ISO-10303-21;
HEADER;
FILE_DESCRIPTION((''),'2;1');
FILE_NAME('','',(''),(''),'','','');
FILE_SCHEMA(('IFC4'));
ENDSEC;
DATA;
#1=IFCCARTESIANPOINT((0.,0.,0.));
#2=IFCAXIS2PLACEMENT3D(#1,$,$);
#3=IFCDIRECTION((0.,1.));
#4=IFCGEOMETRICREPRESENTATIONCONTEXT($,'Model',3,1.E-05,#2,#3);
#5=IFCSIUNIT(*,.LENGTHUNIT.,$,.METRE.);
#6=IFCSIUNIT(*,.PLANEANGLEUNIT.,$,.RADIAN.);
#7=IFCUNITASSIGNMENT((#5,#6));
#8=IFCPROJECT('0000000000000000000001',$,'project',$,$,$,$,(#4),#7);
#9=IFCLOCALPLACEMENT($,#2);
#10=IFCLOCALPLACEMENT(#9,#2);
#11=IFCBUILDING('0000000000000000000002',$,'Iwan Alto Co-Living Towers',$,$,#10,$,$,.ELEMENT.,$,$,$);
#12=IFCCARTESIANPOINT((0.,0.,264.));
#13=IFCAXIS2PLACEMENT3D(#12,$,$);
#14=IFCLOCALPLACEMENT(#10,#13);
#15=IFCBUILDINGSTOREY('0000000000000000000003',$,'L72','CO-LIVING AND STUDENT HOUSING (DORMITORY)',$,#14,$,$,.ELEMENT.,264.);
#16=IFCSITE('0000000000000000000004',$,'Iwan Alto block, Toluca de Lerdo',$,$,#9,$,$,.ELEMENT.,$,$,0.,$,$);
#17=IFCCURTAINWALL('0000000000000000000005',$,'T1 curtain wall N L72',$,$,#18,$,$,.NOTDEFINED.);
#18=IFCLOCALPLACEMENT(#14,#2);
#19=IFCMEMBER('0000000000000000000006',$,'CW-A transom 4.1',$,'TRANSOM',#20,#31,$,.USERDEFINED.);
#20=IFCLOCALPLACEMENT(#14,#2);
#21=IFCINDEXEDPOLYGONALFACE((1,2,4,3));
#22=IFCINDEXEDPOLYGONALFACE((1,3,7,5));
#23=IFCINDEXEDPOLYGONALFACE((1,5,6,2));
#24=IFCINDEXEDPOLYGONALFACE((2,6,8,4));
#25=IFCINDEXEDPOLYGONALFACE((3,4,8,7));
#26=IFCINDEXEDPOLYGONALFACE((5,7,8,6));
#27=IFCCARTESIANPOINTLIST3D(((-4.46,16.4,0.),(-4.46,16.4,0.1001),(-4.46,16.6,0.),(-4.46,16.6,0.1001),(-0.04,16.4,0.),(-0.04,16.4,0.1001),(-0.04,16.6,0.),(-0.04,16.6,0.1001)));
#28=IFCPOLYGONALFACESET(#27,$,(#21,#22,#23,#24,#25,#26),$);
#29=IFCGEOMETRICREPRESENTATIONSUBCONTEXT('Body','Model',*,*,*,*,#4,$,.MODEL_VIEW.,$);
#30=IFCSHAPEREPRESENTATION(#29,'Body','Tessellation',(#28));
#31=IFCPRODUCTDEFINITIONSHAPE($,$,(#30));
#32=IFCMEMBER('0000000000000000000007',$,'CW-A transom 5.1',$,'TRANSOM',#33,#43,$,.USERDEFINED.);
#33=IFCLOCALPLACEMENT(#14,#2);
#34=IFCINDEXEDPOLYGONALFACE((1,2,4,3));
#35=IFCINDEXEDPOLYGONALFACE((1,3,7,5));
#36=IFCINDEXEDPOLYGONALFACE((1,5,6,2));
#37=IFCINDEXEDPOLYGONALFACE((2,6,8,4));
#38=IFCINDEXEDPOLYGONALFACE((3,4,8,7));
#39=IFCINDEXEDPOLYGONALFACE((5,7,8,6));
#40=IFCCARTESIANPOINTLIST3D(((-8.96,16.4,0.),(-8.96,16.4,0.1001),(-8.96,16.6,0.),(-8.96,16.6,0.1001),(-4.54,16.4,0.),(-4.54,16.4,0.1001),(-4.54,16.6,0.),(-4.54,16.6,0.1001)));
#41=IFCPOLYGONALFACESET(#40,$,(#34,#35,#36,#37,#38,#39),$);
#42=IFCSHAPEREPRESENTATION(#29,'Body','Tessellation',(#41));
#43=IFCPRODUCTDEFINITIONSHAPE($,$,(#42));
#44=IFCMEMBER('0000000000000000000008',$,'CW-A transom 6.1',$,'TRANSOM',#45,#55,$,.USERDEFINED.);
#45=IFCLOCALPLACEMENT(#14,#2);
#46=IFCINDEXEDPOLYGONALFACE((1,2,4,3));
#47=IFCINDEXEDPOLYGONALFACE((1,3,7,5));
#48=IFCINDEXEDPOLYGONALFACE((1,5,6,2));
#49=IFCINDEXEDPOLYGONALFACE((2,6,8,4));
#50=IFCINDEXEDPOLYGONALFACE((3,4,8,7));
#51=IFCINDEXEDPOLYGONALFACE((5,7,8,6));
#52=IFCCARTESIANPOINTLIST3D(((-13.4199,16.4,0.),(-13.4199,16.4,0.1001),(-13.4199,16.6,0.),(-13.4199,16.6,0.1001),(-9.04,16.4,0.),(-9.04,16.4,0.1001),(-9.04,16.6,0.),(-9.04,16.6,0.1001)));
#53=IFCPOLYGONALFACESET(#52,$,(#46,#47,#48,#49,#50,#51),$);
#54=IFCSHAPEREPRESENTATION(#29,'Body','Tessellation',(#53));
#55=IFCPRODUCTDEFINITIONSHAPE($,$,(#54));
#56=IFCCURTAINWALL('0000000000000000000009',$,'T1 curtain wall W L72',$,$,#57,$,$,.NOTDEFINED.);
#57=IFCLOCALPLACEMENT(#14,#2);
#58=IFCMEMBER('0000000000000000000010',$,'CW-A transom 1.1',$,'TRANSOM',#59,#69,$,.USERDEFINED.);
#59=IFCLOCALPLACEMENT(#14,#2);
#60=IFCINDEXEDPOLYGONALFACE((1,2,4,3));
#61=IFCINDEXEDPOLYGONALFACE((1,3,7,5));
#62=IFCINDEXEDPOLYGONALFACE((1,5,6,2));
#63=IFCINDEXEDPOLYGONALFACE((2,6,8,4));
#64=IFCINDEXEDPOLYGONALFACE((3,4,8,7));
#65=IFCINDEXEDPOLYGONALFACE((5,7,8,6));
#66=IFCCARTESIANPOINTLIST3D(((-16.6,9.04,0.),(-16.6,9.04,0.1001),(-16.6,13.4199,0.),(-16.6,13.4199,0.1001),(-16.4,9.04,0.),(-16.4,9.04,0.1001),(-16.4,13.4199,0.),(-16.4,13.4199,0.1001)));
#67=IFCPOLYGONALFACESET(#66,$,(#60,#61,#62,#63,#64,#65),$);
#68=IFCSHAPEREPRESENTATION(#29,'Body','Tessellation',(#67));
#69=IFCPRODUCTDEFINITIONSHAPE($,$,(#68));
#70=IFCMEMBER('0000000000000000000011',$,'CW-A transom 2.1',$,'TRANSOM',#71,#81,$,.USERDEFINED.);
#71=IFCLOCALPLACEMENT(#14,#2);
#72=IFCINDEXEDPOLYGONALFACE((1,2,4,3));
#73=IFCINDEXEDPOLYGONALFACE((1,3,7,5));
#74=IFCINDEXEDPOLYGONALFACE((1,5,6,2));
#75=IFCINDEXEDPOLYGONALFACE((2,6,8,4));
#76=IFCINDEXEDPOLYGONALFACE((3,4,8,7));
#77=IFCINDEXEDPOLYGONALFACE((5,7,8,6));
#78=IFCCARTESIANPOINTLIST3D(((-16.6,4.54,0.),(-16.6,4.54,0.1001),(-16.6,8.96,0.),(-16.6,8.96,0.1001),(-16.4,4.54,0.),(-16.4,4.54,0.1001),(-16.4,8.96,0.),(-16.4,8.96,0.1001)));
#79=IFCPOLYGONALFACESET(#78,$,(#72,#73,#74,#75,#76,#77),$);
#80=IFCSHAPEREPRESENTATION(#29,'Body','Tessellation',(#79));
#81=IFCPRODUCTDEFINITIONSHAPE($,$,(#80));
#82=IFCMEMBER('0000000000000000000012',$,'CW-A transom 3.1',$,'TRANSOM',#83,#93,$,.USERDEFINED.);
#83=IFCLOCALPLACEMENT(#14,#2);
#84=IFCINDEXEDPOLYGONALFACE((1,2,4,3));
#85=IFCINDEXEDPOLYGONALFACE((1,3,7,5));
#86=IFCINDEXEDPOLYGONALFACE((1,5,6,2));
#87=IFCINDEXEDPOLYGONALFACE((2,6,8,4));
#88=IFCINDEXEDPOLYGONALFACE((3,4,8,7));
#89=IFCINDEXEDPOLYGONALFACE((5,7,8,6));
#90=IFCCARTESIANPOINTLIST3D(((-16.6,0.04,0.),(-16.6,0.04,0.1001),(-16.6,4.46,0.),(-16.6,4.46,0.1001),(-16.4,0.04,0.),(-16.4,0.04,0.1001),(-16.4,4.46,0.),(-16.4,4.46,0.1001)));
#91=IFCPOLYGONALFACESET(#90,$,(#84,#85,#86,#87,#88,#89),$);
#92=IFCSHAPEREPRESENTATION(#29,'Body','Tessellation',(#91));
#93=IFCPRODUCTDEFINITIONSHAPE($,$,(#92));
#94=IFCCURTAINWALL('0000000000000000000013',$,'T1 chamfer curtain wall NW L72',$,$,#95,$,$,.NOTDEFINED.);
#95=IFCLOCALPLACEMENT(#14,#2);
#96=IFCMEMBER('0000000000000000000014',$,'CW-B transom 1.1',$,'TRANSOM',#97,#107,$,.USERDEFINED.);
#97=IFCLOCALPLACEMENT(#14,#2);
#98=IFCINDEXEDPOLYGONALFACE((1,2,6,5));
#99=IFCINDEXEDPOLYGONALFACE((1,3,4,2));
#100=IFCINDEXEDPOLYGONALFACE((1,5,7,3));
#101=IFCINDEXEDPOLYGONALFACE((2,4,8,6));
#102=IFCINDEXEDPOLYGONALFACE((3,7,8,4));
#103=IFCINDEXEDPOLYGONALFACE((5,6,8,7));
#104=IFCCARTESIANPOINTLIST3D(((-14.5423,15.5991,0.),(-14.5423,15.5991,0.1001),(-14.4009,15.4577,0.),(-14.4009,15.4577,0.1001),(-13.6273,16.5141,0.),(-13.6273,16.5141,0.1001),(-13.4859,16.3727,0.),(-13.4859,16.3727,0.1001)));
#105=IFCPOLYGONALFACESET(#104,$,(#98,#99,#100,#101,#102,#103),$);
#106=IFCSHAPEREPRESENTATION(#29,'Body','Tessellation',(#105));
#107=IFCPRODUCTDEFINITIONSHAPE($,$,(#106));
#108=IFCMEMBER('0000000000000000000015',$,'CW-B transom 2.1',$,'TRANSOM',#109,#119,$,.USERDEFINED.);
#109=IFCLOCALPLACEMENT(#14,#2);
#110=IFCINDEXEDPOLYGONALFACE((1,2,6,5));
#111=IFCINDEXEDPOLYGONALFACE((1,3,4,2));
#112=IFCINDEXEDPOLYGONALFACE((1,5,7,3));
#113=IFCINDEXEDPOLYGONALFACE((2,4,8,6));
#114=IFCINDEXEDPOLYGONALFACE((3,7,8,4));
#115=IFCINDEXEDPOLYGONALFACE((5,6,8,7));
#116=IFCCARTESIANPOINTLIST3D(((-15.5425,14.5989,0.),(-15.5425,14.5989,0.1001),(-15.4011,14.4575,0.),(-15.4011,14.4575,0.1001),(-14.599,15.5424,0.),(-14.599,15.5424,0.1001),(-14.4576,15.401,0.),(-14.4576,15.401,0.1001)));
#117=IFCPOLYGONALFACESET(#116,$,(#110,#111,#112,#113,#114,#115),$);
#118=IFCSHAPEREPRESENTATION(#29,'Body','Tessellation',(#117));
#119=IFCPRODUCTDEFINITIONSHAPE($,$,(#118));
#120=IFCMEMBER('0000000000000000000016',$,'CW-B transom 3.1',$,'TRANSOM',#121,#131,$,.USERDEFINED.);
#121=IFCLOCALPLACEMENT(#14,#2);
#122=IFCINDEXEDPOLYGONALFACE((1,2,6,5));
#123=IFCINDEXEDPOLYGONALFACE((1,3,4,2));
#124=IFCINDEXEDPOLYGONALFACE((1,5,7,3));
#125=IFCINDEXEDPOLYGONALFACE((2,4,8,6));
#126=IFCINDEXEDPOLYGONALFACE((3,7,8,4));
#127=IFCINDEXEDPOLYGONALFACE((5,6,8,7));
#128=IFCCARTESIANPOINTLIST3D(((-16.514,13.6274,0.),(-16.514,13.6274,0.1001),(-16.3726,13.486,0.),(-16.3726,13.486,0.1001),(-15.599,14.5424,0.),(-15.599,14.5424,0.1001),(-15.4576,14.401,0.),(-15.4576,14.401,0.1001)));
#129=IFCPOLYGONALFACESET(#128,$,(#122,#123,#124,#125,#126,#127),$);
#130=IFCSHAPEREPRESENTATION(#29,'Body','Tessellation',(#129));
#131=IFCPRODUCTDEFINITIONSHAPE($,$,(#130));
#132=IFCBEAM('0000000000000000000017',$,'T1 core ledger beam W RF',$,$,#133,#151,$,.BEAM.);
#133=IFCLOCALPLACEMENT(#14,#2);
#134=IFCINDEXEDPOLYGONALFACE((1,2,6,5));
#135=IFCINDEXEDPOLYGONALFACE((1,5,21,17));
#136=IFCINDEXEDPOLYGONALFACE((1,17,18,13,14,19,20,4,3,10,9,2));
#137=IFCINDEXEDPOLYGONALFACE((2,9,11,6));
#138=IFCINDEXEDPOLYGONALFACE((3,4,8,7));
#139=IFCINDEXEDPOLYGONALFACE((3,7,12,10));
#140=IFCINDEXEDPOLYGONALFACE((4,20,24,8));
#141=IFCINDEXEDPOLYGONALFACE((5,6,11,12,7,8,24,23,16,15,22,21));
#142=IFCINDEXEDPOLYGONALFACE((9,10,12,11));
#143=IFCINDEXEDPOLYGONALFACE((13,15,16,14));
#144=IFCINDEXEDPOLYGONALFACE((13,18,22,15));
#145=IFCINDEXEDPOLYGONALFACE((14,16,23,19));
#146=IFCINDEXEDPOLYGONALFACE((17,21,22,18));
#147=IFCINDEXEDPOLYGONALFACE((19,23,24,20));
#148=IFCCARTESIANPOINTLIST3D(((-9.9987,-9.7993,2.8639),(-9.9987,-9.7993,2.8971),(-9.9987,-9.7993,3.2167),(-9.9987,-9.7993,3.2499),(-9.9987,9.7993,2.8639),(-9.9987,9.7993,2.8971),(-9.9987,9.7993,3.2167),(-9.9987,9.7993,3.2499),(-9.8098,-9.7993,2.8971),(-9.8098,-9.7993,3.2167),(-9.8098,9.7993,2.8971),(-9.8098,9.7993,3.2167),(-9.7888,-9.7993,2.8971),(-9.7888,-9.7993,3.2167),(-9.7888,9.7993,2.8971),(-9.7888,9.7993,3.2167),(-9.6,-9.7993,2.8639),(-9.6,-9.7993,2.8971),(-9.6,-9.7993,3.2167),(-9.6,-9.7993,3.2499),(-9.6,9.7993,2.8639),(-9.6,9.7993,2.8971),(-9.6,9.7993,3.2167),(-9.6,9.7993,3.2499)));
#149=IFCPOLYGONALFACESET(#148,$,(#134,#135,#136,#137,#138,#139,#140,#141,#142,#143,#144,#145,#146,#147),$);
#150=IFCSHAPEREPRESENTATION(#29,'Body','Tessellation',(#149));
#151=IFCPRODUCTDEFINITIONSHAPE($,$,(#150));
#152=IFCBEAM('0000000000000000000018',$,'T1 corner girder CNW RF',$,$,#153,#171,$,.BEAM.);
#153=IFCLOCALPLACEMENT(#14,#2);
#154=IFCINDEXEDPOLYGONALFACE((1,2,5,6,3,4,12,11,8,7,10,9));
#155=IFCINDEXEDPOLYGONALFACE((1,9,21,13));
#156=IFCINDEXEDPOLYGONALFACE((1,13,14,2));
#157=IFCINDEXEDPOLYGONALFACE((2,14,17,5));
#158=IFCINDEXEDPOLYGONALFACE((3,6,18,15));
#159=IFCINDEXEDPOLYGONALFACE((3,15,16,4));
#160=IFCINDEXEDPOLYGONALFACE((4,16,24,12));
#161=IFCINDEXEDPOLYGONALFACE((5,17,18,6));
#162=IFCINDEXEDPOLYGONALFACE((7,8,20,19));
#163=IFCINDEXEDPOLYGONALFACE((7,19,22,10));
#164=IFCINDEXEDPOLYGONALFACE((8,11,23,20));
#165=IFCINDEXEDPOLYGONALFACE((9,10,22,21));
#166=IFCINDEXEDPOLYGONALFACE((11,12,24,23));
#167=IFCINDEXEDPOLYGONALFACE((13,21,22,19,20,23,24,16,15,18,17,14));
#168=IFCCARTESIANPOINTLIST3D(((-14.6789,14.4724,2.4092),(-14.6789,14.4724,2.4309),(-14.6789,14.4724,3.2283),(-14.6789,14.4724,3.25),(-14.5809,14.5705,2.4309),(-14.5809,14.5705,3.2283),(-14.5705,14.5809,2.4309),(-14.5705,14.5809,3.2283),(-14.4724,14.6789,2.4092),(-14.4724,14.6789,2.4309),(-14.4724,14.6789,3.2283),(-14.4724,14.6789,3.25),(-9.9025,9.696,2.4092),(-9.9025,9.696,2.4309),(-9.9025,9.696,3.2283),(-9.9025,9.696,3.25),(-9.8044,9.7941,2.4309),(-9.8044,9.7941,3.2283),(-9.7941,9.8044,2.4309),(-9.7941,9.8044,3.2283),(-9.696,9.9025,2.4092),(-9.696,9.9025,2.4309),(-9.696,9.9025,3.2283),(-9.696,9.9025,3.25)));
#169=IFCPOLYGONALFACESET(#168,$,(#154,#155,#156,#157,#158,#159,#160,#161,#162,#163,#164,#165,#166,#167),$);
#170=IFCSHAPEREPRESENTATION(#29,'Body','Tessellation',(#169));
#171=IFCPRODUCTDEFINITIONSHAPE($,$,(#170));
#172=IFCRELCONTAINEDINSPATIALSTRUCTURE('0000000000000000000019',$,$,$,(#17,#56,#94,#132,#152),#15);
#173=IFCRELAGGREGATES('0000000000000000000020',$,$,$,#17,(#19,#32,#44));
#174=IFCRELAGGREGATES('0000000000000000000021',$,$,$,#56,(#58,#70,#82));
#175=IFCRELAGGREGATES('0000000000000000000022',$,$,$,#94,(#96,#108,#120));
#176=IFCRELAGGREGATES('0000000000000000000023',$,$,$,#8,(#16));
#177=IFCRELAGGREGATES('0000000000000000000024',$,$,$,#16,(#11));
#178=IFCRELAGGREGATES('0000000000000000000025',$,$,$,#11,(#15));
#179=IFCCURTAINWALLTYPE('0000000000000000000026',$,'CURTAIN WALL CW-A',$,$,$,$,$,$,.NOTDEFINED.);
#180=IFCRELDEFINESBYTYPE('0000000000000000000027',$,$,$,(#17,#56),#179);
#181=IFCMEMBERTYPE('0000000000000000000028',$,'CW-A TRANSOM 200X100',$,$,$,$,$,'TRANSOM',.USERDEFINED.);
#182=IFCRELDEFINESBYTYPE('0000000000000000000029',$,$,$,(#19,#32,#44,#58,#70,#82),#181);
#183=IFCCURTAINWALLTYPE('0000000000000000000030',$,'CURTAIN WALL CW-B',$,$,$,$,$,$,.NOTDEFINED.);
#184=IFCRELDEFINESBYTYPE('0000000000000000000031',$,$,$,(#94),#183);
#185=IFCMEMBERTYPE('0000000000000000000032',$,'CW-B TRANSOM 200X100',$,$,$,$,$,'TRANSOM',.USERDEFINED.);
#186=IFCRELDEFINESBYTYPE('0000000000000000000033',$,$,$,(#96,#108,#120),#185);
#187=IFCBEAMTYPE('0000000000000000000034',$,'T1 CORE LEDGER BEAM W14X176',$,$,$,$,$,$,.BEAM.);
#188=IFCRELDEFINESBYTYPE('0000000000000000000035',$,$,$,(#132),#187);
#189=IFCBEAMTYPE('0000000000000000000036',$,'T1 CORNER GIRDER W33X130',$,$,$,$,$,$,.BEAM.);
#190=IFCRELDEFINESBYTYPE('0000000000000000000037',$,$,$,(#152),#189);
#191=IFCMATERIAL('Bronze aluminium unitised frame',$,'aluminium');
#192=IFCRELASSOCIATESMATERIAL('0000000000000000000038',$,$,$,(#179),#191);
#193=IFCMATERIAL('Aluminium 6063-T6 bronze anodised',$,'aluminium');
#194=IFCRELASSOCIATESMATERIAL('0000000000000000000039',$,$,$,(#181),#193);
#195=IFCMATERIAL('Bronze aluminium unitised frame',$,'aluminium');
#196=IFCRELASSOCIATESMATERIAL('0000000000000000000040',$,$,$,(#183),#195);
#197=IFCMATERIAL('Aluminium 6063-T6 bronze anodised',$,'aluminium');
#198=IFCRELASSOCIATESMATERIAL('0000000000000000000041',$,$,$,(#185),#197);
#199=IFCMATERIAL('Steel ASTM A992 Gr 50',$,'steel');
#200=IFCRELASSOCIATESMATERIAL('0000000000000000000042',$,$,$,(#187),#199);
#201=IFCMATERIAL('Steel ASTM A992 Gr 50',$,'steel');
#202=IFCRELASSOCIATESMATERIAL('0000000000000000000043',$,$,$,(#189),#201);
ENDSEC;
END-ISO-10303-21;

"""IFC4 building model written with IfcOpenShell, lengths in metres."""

from ifc_helpers import new_model, si_unit, direction, frame, origin, origin_2d, place, context, subcontext, project, spatial, rectangle, i_section, extrude, material, material_profile, profile_set, type_object, element, aggregate, save


model = new_model("IFC4")

# Units and contexts
model_context = context("Model", 3, precision=1e-05, world=origin(), true_north=direction((0.0, 1.0)))
body_context = subcontext(model_context, "Body", "Model", "MODEL_VIEW")
ifc_project = project(units=[si_unit("LENGTHUNIT", "METRE"), si_unit("PLANEANGLEUNIT", "RADIAN")], contexts=[model_context])

# Site, building, storey
site_placement = place(None, origin())
site = spatial("IfcSite", under=ifc_project, at=site_placement, Name="Iwan Alto block, Toluca de Lerdo", CompositionType="ELEMENT", RefElevation=0.0)
building_placement = place(site_placement, origin())
building = spatial("IfcBuilding", under=site, at=building_placement, Name="Iwan Alto Co-Living Towers", CompositionType="ELEMENT")
storey_placement = place(building_placement, frame((0.0, 0.0, 264.0)))
storey = spatial("IfcBuildingStorey", under=building, at=storey_placement, Name="L72", Description="CO-LIVING AND STUDENT HOUSING (DORMITORY)", CompositionType="ELEMENT", Elevation=264.0)

# Curtain walls, members
ifc_material_1 = material(Name="Bronze aluminium unitised frame", Category="aluminium")
curtain_wall_type_1 = type_object("IfcCurtainWallType", Name="CURTAIN WALL CW-A", PredefinedType="NOTDEFINED", material=ifc_material_1)
curtain_wall_1_placement = place(storey_placement, origin())
curtain_wall_1 = element("IfcCurtainWall", 1, at=curtain_wall_1_placement, inside=storey, type_object=curtain_wall_type_1, Name="T1 curtain wall N L72", PredefinedType="NOTDEFINED")
ifc_material_2 = material(Name="Aluminium 6063-T6 bronze anodised", Category="aluminium")
ifc_material_profile_1 = material_profile(ifc_material_2, rectangle(XDim=0.2, YDim=0.1001, at=origin_2d()), Name="AL 200X100")
ifc_profile_set_1 = profile_set([ifc_material_profile_1], Name="Aluminium 6063-T6 bronze anodised")
member_type_1 = type_object("IfcMemberType", Name="CW-A TRANSOM 200X100", ElementType="TRANSOM", PredefinedType="USERDEFINED", material=ifc_profile_set_1)
member_1_placement = place(storey_placement, frame((-0.04, 16.5, 0.05), z_axis=(-1.0, 0.0, 0.0), x_axis=(0.0, -1.0, 0.0)))
member_1 = element("IfcMember", 2, at=member_1_placement, type_object=member_type_1, Name="CW-A transom 4.1", ObjectType="TRANSOM", PredefinedType="USERDEFINED", context=body_context, shape_type="SweptSolid", body=[
    extrude(rectangle(XDim=0.2, YDim=0.1001, at=origin_2d()), origin(), (0.0, 0.0, 1.0), 4.4199),
])
member_2_placement = place(storey_placement, frame((-4.54, 16.5, 0.05), z_axis=(-1.0, 0.0, 0.0), x_axis=(0.0, -1.0, 0.0)))
member_2 = element("IfcMember", 3, at=member_2_placement, type_object=member_type_1, Name="CW-A transom 5.1", ObjectType="TRANSOM", PredefinedType="USERDEFINED", context=body_context, shape_type="SweptSolid", body=[
    extrude(rectangle(XDim=0.2, YDim=0.1001, at=origin_2d()), origin(), (0.0, 0.0, 1.0), 4.4199),
])
member_3_placement = place(storey_placement, frame((-9.04, 16.5, 0.05), z_axis=(-1.0, 0.0, 0.0), x_axis=(0.0, -1.0, 0.0)))
member_3 = element("IfcMember", 4, at=member_3_placement, type_object=member_type_1, Name="CW-A transom 6.1", ObjectType="TRANSOM", PredefinedType="USERDEFINED", context=body_context, shape_type="SweptSolid", body=[
    extrude(rectangle(XDim=0.2, YDim=0.1001, at=origin_2d()), origin(), (0.0, 0.0, 1.0), 4.3799),
])
curtain_wall_2_placement = place(storey_placement, origin())
curtain_wall_2 = element("IfcCurtainWall", 5, at=curtain_wall_2_placement, inside=storey, type_object=curtain_wall_type_1, Name="T1 curtain wall W L72", PredefinedType="NOTDEFINED")
member_4_placement = place(storey_placement, frame((-16.5, 13.4199, 0.05), z_axis=(0.0, -1.0, 0.0), x_axis=(1.0, 0.0, 0.0)))
member_4 = element("IfcMember", 6, at=member_4_placement, type_object=member_type_1, Name="CW-A transom 1.1", ObjectType="TRANSOM", PredefinedType="USERDEFINED", context=body_context, shape_type="SweptSolid", body=[
    extrude(rectangle(XDim=0.2, YDim=0.1001, at=origin_2d()), origin(), (0.0, 0.0, 1.0), 4.3799),
])
member_5_placement = place(storey_placement, frame((-16.5, 8.96, 0.05), z_axis=(0.0, -1.0, 0.0), x_axis=(1.0, 0.0, 0.0)))
member_5 = element("IfcMember", 7, at=member_5_placement, type_object=member_type_1, Name="CW-A transom 2.1", ObjectType="TRANSOM", PredefinedType="USERDEFINED", context=body_context, shape_type="SweptSolid", body=[
    extrude(rectangle(XDim=0.2, YDim=0.1001, at=origin_2d()), origin(), (0.0, 0.0, 1.0), 4.4199),
])
member_6_placement = place(storey_placement, frame((-16.5, 4.46, 0.05), z_axis=(0.0, -1.0, 0.0), x_axis=(1.0, 0.0, 0.0)))
member_6 = element("IfcMember", 8, at=member_6_placement, type_object=member_type_1, Name="CW-A transom 3.1", ObjectType="TRANSOM", PredefinedType="USERDEFINED", context=body_context, shape_type="SweptSolid", body=[
    extrude(rectangle(XDim=0.2, YDim=0.1001, at=origin_2d()), origin(), (0.0, 0.0, 1.0), 4.4199),
])
ifc_material_3 = material(Name="Bronze aluminium unitised frame", Category="aluminium")
curtain_wall_type_2 = type_object("IfcCurtainWallType", Name="CURTAIN WALL CW-B", PredefinedType="NOTDEFINED", material=ifc_material_3)
curtain_wall_3_placement = place(storey_placement, origin())
curtain_wall_3 = element("IfcCurtainWall", 9, at=curtain_wall_3_placement, inside=storey, type_object=curtain_wall_type_2, Name="T1 chamfer curtain wall NW L72", PredefinedType="NOTDEFINED")
ifc_material_4 = material(Name="Aluminium 6063-T6 bronze anodised", Category="aluminium")
ifc_material_profile_2 = material_profile(ifc_material_4, rectangle(XDim=0.2, YDim=0.1001, at=origin_2d()), Name="AL 200X100")
ifc_profile_set_2 = profile_set([ifc_material_profile_2], Name="Aluminium 6063-T6 bronze anodised")
member_type_2 = type_object("IfcMemberType", Name="CW-B TRANSOM 200X100", ElementType="TRANSOM", PredefinedType="USERDEFINED", material=ifc_profile_set_2)
member_7_placement = place(storey_placement, frame((-13.5566, 16.4434, 0.05), z_axis=(-0.707107, -0.707107, 0.0), x_axis=(0.707107, -0.707107, 0.0)))
member_7 = element("IfcMember", 10, at=member_7_placement, type_object=member_type_2, Name="CW-B transom 1.1", ObjectType="TRANSOM", PredefinedType="USERDEFINED", context=body_context, shape_type="SweptSolid", body=[
    extrude(rectangle(XDim=0.2, YDim=0.1001, at=origin_2d()), origin(), (0.0, 0.0, 1.0), 1.2939),
])
member_8_placement = place(storey_placement, frame((-14.5283, 15.4717, 0.05), z_axis=(-0.707107, -0.707107, 0.0), x_axis=(0.707107, -0.707107, 0.0)))
member_8 = element("IfcMember", 11, at=member_8_placement, type_object=member_type_2, Name="CW-B transom 2.1", ObjectType="TRANSOM", PredefinedType="USERDEFINED", context=body_context, shape_type="SweptSolid", body=[
    extrude(rectangle(XDim=0.2, YDim=0.1001, at=origin_2d()), origin(), (0.0, 0.0, 1.0), 1.3342),
])
member_9_placement = place(storey_placement, frame((-15.5283, 14.4717, 0.05), z_axis=(-0.707107, -0.707107, 0.0), x_axis=(0.707107, -0.707107, 0.0)))
member_9 = element("IfcMember", 12, at=member_9_placement, type_object=member_type_2, Name="CW-B transom 3.1", ObjectType="TRANSOM", PredefinedType="USERDEFINED", context=body_context, shape_type="SweptSolid", body=[
    extrude(rectangle(XDim=0.2, YDim=0.1001, at=origin_2d()), origin(), (0.0, 0.0, 1.0), 1.2939),
])

# Beams
ifc_material_5 = material(Name="Steel ASTM A992 Gr 50", Category="steel")
ifc_material_profile_3 = material_profile(ifc_material_5, i_section(OverallWidth=0.3987, OverallDepth=0.386, WebThickness=0.021, FlangeThickness=0.0332, at=origin_2d()), Name="W14X176")
ifc_profile_set_3 = profile_set([ifc_material_profile_3], Name="Steel ASTM A992 Gr 50")
beam_type_1 = type_object("IfcBeamType", Name="T1 CORE LEDGER BEAM W14X176", PredefinedType="BEAM", material=ifc_profile_set_3)
beam_1_placement = place(storey_placement, frame((-9.7993, 9.7993, 3.0569), z_axis=(0.0, -1.0, 0.0), x_axis=(1.0, 0.0, 0.0)))
element("IfcBeam", 13, at=beam_1_placement, inside=storey, type_object=beam_type_1, Name="T1 core ledger beam W RF", PredefinedType="BEAM", context=body_context, shape_type="SweptSolid", body=[
    extrude(i_section(OverallWidth=0.3987, OverallDepth=0.386, WebThickness=0.021, FlangeThickness=0.0332, at=origin_2d()), origin(), (0.0, 0.0, 1.0), 19.5986),
])
ifc_material_6 = material(Name="Steel ASTM A992 Gr 50", Category="steel")
ifc_material_profile_4 = material_profile(ifc_material_6, i_section(OverallWidth=0.292, OverallDepth=0.8408, WebThickness=0.0146, FlangeThickness=0.0217, at=origin_2d()), Name="W33X130")
ifc_profile_set_4 = profile_set([ifc_material_profile_4], Name="Steel ASTM A992 Gr 50")
beam_type_2 = type_object("IfcBeamType", Name="T1 CORNER GIRDER W33X130", PredefinedType="BEAM", material=ifc_profile_set_4)
beam_2_placement = place(storey_placement, frame((-14.5757, 14.5757, 2.8296), z_axis=(0.707107, -0.707107, 0.0), x_axis=(0.707107, 0.707107, 0.0)))
element("IfcBeam", 14, at=beam_2_placement, inside=storey, type_object=beam_type_2, Name="T1 corner girder CNW RF", PredefinedType="BEAM", context=body_context, shape_type="SweptSolid", body=[
    extrude(i_section(OverallWidth=0.292, OverallDepth=0.8408, WebThickness=0.0146, FlangeThickness=0.0217, at=origin_2d()), origin(), (0.0, 0.0, 1.0), 6.7549),
])

aggregate(curtain_wall_1, [member_1, member_2, member_3])
aggregate(curtain_wall_2, [member_4, member_5, member_6])
aggregate(curtain_wall_3, [member_7, member_8, member_9])

save(model, "model.ifc")
